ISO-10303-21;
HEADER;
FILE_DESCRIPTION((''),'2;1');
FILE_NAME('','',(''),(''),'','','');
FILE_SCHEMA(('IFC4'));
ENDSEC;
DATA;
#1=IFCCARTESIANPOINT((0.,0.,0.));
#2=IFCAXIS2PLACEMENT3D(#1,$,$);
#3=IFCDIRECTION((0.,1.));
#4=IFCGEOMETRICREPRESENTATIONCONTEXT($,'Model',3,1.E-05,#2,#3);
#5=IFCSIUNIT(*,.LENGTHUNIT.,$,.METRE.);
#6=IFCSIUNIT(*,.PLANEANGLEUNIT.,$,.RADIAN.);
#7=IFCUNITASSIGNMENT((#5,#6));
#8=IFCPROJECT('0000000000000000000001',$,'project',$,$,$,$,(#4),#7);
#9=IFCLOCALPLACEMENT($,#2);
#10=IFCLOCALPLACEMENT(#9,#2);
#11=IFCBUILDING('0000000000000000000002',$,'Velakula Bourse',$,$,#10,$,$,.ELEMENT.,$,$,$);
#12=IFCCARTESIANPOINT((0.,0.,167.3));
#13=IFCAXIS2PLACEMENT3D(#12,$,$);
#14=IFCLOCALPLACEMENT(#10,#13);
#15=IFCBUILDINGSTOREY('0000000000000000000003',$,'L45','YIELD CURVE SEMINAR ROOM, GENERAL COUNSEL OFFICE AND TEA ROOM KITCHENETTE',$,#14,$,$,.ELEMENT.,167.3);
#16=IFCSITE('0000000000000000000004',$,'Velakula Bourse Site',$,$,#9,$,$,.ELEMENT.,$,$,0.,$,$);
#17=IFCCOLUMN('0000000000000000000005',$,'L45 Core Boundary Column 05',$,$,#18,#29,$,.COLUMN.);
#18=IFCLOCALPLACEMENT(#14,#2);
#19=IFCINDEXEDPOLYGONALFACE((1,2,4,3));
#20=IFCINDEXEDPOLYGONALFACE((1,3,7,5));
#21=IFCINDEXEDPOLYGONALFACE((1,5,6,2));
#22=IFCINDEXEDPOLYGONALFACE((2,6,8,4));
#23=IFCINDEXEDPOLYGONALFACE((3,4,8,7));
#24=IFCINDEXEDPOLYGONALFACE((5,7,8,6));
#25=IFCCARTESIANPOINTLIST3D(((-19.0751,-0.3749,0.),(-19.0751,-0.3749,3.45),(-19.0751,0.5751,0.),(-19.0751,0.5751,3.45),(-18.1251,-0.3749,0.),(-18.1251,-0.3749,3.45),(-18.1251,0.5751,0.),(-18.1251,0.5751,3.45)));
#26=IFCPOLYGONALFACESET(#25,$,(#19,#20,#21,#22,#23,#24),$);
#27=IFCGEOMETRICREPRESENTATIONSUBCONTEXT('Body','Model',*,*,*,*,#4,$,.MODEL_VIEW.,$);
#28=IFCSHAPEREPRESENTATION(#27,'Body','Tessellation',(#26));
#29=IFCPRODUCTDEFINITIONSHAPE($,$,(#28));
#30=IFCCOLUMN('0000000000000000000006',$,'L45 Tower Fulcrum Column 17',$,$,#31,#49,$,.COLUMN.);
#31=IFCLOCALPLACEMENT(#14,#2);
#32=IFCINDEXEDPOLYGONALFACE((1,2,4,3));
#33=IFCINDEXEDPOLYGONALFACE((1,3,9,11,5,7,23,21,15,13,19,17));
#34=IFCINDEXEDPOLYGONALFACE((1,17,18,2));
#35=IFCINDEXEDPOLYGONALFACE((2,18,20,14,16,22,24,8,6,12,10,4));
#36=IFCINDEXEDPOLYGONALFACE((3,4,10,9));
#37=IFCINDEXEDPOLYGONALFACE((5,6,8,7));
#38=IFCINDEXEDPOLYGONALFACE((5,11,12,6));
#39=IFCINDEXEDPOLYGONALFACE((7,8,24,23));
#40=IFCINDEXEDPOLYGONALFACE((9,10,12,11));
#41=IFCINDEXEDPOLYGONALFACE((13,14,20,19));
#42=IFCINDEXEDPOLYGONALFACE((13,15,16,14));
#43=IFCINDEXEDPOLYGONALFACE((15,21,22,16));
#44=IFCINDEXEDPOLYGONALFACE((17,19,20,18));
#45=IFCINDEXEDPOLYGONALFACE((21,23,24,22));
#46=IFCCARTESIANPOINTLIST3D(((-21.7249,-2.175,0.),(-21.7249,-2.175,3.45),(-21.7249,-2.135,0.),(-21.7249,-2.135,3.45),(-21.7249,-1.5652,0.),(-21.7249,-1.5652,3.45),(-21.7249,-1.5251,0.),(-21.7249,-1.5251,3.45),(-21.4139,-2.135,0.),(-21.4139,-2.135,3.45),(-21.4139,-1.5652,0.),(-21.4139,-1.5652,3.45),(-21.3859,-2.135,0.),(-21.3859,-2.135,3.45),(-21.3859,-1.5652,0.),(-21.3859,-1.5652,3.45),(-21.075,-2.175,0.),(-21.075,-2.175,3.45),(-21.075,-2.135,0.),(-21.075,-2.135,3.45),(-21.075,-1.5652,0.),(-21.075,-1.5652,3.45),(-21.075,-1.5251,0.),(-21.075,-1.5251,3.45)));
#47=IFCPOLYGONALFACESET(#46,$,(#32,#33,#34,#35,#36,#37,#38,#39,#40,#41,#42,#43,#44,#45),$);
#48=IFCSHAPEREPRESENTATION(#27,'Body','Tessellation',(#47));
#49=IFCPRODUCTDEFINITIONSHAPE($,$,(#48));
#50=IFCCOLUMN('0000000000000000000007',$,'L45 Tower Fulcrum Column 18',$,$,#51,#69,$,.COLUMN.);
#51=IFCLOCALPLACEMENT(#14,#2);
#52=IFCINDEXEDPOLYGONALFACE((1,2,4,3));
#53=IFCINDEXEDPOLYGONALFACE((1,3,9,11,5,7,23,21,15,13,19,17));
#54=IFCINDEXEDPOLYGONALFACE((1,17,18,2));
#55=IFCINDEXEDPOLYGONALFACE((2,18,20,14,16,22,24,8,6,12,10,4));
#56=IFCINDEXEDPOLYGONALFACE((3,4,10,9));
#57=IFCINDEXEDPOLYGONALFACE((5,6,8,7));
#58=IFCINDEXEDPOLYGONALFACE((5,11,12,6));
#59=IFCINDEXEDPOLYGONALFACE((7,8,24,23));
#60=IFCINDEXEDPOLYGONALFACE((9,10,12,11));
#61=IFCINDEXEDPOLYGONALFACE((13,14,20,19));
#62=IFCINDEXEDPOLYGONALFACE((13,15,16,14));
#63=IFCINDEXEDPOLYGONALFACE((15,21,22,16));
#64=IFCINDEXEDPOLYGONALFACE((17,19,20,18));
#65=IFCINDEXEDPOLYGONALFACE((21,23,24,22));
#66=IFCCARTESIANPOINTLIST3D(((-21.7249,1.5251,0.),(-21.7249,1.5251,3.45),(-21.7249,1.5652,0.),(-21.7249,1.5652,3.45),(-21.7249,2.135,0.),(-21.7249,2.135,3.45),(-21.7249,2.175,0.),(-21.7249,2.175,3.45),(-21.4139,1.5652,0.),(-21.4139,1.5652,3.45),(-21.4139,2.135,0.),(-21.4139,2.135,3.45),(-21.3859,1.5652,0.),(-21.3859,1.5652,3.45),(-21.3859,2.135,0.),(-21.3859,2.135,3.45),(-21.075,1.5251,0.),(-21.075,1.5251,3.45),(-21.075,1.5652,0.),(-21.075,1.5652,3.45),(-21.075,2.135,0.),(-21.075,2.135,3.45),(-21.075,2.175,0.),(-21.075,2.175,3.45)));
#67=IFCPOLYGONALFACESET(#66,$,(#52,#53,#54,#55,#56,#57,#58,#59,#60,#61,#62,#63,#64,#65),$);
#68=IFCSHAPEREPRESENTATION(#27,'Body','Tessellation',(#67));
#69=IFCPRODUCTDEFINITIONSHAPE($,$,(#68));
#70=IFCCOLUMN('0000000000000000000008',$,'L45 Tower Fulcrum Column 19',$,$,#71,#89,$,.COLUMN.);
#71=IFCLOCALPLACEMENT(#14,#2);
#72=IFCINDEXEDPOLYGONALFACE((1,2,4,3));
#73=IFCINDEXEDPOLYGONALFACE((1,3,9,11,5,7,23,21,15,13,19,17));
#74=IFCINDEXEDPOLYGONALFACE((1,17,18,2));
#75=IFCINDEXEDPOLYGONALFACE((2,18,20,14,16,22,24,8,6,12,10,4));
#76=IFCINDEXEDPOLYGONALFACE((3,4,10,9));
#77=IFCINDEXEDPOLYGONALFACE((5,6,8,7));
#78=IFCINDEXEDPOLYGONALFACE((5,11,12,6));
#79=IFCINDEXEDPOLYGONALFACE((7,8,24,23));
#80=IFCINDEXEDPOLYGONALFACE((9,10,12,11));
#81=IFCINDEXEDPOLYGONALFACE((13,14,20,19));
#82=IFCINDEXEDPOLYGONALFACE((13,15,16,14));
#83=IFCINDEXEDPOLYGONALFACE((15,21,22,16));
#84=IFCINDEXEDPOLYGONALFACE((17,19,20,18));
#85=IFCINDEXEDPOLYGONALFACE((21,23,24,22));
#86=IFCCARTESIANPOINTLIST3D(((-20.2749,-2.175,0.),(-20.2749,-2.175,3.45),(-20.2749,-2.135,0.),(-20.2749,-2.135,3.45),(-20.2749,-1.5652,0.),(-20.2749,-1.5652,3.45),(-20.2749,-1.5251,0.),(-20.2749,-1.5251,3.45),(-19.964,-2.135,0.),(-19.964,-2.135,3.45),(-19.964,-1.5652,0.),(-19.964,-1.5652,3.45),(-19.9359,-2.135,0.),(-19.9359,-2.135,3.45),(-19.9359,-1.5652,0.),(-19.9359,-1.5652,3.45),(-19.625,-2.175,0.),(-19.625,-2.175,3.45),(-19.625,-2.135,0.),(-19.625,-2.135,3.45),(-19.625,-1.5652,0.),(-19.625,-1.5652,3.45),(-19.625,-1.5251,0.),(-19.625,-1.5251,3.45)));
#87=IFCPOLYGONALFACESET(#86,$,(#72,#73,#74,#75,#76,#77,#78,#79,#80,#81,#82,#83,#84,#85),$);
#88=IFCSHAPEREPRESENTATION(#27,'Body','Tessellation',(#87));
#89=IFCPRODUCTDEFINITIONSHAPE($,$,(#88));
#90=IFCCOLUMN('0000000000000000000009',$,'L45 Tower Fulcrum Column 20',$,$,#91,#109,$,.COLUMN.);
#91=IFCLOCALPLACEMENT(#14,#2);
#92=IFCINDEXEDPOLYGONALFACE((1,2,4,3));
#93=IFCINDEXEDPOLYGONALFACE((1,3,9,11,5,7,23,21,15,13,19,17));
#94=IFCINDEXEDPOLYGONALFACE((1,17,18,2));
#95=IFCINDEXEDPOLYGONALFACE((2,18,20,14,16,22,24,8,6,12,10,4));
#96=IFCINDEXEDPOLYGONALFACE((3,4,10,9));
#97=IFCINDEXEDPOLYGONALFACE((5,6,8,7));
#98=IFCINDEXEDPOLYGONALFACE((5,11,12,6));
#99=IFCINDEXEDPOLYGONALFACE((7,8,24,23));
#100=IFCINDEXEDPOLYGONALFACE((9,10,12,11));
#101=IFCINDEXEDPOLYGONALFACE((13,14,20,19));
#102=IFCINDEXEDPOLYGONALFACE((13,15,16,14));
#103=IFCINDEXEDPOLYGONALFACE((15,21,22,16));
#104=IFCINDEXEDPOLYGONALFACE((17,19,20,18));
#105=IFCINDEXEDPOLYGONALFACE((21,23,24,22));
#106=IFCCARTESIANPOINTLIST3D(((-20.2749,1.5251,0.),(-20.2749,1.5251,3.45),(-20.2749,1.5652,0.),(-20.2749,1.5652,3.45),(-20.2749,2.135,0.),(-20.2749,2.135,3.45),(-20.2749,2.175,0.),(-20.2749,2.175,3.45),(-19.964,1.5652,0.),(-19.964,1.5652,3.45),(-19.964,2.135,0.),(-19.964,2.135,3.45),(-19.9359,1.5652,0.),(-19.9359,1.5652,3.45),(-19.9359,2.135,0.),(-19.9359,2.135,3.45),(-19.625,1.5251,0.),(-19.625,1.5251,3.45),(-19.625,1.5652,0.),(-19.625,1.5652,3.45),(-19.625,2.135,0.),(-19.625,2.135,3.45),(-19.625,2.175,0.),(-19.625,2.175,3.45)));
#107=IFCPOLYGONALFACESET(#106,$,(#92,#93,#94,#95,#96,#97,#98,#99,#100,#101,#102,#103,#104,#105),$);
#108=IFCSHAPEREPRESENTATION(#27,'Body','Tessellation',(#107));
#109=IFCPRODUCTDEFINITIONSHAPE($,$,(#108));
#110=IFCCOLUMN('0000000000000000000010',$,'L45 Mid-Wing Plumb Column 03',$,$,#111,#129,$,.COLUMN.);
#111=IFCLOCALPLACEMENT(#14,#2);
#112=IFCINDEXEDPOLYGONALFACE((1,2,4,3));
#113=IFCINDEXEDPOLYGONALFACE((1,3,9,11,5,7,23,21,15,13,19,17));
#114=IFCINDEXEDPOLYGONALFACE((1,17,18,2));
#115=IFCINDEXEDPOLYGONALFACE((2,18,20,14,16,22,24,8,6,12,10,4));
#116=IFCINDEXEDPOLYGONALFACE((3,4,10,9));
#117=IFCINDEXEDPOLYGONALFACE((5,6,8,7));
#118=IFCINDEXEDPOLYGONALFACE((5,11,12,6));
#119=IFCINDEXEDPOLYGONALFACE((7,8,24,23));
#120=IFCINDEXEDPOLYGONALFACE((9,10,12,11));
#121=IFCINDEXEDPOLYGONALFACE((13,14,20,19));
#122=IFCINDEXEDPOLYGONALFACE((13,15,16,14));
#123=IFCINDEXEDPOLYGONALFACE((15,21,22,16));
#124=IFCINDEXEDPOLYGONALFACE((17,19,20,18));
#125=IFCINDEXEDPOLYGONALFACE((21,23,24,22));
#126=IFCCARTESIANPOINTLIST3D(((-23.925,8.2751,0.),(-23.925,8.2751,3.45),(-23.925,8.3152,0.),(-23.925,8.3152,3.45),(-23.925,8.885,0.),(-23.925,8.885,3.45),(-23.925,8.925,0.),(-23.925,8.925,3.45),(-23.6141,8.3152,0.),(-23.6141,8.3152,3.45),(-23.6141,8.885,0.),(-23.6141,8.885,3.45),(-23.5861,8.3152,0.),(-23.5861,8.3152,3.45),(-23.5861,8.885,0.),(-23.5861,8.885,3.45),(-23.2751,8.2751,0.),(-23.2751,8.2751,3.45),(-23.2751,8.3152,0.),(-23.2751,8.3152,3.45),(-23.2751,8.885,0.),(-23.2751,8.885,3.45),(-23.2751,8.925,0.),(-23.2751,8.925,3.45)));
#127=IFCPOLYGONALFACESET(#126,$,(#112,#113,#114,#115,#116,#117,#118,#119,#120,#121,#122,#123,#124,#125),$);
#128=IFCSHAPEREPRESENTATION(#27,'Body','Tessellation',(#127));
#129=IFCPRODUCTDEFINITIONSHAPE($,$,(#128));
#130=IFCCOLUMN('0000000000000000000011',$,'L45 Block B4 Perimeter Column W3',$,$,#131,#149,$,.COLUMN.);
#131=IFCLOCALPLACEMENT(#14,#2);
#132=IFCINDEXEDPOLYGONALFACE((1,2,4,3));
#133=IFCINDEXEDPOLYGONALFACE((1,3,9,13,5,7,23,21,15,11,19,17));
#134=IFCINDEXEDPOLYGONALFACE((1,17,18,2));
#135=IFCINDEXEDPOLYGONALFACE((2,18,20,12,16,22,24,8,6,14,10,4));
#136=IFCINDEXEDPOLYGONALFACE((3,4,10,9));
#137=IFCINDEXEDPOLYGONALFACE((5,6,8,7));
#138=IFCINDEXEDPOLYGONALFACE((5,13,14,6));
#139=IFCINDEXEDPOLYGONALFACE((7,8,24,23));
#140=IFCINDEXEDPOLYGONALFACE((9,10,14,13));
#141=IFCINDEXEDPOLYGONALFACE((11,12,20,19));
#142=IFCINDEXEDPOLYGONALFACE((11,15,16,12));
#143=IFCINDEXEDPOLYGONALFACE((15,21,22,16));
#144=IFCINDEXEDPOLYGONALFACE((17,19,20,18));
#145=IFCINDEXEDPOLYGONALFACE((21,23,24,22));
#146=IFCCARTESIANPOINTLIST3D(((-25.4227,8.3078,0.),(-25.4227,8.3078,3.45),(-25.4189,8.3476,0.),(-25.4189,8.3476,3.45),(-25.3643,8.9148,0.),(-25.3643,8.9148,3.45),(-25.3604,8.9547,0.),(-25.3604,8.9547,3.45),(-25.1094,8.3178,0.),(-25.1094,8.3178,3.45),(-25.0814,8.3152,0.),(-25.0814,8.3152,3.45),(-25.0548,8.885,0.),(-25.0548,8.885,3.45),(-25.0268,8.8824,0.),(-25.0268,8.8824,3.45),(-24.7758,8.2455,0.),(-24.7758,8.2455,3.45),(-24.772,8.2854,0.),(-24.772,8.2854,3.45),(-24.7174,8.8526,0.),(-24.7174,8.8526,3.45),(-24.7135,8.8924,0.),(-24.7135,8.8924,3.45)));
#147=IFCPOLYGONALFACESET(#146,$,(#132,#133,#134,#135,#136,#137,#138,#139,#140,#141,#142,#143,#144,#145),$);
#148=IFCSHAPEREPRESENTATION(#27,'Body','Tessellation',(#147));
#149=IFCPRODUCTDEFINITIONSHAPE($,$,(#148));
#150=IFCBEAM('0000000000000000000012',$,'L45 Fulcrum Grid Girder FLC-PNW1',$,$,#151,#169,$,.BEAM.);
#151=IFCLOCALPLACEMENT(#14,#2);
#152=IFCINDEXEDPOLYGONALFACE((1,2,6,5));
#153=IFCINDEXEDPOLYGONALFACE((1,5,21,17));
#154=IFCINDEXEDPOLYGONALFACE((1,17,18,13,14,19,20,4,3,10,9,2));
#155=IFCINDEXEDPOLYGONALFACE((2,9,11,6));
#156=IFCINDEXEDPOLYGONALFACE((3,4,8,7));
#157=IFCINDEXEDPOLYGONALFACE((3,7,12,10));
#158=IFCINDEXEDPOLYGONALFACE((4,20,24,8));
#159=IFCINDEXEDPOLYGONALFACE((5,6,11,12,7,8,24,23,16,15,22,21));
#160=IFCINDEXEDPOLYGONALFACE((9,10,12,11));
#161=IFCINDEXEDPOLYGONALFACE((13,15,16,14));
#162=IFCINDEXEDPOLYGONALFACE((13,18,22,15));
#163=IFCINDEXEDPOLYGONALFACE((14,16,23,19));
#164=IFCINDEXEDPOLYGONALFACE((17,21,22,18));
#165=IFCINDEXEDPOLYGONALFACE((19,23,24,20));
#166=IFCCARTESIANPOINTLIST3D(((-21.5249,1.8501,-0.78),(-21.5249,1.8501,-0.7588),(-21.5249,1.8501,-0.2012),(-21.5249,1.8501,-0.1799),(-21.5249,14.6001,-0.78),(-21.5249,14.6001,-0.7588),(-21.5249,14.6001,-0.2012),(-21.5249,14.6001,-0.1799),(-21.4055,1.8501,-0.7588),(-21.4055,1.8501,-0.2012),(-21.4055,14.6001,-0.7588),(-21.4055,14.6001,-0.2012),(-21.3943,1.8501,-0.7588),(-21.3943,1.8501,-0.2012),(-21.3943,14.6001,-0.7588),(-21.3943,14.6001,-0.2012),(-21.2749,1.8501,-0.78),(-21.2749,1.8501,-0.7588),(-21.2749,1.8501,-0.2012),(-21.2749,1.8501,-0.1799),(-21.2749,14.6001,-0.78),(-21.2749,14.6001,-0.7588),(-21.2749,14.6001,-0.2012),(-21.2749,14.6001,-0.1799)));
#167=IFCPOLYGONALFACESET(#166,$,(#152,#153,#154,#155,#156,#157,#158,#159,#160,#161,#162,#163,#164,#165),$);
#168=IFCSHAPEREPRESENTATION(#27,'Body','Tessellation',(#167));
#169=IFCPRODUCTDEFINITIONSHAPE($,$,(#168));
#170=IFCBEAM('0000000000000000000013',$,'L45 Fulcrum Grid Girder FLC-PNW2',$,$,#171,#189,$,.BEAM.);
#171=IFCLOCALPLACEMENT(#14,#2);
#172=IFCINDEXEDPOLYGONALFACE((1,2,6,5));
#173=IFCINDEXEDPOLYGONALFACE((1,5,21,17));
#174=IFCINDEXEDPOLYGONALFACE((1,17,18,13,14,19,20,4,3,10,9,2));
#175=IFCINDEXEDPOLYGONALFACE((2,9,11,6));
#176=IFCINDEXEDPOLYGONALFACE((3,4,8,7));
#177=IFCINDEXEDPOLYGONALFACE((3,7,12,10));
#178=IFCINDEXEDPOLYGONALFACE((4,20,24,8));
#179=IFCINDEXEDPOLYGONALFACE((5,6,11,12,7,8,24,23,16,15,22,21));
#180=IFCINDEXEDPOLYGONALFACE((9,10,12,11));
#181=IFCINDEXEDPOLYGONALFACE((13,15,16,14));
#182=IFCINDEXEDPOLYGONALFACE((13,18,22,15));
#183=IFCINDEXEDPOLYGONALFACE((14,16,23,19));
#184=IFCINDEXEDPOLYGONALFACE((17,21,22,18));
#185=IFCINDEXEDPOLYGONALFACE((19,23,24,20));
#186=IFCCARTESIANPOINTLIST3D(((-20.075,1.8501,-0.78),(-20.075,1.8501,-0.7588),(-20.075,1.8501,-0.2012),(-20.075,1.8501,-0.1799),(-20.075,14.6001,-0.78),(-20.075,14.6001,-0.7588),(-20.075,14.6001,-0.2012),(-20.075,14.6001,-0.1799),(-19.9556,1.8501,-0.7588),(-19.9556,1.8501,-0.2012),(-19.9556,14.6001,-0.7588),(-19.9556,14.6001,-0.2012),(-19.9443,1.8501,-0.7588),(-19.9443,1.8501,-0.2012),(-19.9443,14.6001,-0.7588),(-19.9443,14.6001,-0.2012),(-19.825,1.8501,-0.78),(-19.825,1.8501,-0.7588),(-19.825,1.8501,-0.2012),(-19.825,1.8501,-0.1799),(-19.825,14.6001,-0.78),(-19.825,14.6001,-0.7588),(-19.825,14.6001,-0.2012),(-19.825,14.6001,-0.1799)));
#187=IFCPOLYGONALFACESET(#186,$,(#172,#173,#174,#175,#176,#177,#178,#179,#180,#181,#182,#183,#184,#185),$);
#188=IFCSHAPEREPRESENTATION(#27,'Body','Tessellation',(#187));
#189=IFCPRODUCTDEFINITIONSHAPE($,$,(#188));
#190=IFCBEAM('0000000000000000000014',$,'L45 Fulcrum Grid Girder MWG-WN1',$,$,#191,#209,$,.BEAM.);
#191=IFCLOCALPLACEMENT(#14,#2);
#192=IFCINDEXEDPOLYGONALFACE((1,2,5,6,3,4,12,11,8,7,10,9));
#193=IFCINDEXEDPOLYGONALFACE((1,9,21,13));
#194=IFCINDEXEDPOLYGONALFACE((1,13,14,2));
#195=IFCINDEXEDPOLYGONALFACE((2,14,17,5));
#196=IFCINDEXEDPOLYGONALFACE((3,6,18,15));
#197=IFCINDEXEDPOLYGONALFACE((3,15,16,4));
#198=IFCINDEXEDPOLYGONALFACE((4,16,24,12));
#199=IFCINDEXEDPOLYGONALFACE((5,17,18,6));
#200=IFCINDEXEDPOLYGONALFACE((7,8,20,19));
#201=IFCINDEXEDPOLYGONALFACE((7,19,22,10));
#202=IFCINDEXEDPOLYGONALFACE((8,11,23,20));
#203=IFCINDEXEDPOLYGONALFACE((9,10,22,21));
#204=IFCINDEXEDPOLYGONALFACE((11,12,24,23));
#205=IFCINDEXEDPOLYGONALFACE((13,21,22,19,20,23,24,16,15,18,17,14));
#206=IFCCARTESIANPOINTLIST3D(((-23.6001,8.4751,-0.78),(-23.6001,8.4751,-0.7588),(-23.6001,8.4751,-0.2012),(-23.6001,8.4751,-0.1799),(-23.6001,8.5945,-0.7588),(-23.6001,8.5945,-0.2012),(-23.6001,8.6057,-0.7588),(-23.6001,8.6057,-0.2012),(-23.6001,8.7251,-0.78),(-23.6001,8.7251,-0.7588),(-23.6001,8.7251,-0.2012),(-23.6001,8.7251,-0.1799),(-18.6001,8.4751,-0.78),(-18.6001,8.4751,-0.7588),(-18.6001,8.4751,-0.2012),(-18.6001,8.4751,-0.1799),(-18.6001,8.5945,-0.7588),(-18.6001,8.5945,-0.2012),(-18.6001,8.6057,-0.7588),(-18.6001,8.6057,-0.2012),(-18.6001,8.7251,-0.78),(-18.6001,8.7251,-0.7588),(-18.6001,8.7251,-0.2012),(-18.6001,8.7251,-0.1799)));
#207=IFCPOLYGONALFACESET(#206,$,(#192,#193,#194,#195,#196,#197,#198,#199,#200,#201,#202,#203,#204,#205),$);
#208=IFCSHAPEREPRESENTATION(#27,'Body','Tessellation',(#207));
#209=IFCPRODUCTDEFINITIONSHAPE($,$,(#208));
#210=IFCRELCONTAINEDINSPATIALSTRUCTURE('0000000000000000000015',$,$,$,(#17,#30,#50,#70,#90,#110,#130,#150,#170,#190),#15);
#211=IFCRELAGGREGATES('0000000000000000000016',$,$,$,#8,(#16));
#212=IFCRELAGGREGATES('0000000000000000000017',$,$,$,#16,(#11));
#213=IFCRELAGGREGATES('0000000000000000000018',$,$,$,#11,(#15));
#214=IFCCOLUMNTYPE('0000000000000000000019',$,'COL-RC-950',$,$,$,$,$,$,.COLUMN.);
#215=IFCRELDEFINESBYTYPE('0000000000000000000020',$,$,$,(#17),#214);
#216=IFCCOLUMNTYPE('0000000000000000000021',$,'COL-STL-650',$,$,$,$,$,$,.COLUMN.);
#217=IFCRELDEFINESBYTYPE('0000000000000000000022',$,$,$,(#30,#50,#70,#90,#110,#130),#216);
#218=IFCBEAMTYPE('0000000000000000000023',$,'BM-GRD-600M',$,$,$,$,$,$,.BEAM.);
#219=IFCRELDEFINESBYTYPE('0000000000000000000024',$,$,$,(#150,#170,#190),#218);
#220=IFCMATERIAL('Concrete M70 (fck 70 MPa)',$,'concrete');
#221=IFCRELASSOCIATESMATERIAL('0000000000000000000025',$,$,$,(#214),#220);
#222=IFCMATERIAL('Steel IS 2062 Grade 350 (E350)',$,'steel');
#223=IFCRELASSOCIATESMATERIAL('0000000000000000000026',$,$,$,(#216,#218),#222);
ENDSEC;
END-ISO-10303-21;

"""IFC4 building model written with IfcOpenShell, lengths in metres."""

from ifc_helpers import new_model, si_unit, direction, frame, origin, origin_2d, place, context, subcontext, project, spatial, rectangle, i_section, extrude, material, material_profile, profile_set, type_object, element, save


model = new_model("IFC4")

# Units and contexts
model_context = context("Model", 3, precision=1e-05, world=origin(), true_north=direction((0.0, 1.0)))
body_context = subcontext(model_context, "Body", "Model", "MODEL_VIEW")
ifc_project = project(units=[si_unit("LENGTHUNIT", "METRE"), si_unit("PLANEANGLEUNIT", "RADIAN")], contexts=[model_context])

# Site, building, storey
site_placement = place(None, origin())
site = spatial("IfcSite", under=ifc_project, at=site_placement, Name="Velakula Bourse Site", CompositionType="ELEMENT", RefElevation=0.0)
building_placement = place(site_placement, origin())
building = spatial("IfcBuilding", under=site, at=building_placement, Name="Velakula Bourse", CompositionType="ELEMENT")
storey_placement = place(building_placement, frame((0.0, 0.0, 167.3)))
storey = spatial("IfcBuildingStorey", under=building, at=storey_placement, Name="L45", Description="YIELD CURVE SEMINAR ROOM, GENERAL COUNSEL OFFICE AND TEA ROOM KITCHENETTE", CompositionType="ELEMENT", Elevation=167.3)

# Columns
ifc_material_1 = material(Name="Concrete M70 (fck 70 MPa)", Category="concrete")
ifc_material_profile_1 = material_profile(ifc_material_1, rectangle(XDim=0.95, YDim=0.95, at=origin_2d()), Name="Concrete M70 (fck 70 MPa)")
ifc_profile_set_1 = profile_set([ifc_material_profile_1], Name="Concrete M70 (fck 70 MPa)")
column_type_1 = type_object("IfcColumnType", Name="COL-RC-950", PredefinedType="COLUMN", material=ifc_profile_set_1)
column_placement = place(storey_placement, frame((-18.6001, 0.1001, 0.0), z_axis=(0.0, 0.0, 1.0), x_axis=(1.0, 0.0, 0.0)))
element("IfcColumn", 1, at=column_placement, inside=storey, type_object=column_type_1, Name="L45 Core Boundary Column 05", PredefinedType="COLUMN", context=body_context, shape_type="SweptSolid", body=[
    extrude(rectangle(XDim=0.95, YDim=0.95, at=origin_2d()), origin(), (0.0, 0.0, 1.0), 3.45),
])
ifc_material_2 = material(Name="Steel IS 2062 Grade 350 (E350)", Category="steel")
ifc_material_profile_2 = material_profile(ifc_material_2, i_section(OverallWidth=0.6499, OverallDepth=0.6499, WebThickness=0.0281, FlangeThickness=0.04, at=origin_2d()), Name="Steel IS 2062 Grade 350 (E350)")
ifc_profile_set_2 = profile_set([ifc_material_profile_2], Name="Steel IS 2062 Grade 350 (E350)")
column_type_2 = type_object("IfcColumnType", Name="COL-STL-650", PredefinedType="COLUMN", material=ifc_profile_set_2)
for number, where, z_axis, x_axis, name in (
    (2, (-21.3999, -1.8501, 0.0), (0.0, 0.0, 1.0), (1.0, 0.0, 0.0), "L45 Tower Fulcrum Column 17"),
    (3, (-21.3999, 1.8501, 0.0), (0.0, 0.0, 1.0), (1.0, 0.0, 0.0), "L45 Tower Fulcrum Column 18"),
    (4, (-19.95, -1.8501, 0.0), (0.0, 0.0, 1.0), (1.0, 0.0, 0.0), "L45 Tower Fulcrum Column 19"),
    (5, (-19.95, 1.8501, 0.0), (0.0, 0.0, 1.0), (1.0, 0.0, 0.0), "L45 Tower Fulcrum Column 20"),
    (6, (-23.6001, 8.6001, 0.0), (0.0, 0.0, 1.0), (1.0, 0.0, 0.0), "L45 Mid-Wing Plumb Column 03"),
    (7, (-25.0681, 8.6001, 0.0), (0.0, 0.0, 1.0), (0.995396, -0.095846, 0.0), "L45 Block B4 Perimeter Column W3"),
):
    element("IfcColumn", number, at=place(storey_placement, frame(where, z_axis=z_axis, x_axis=x_axis)), inside=storey, type_object=column_type_2, Name=name, PredefinedType="COLUMN", context=body_context, shape_type="SweptSolid", body=[
        extrude(i_section(OverallWidth=0.6499, OverallDepth=0.6499, WebThickness=0.0281, FlangeThickness=0.04, at=origin_2d()), origin(), (0.0, 0.0, 1.0), 3.45),
    ])

# Beams
ifc_material_profile_3 = material_profile(ifc_material_2, i_section(OverallWidth=0.25, OverallDepth=0.6001, WebThickness=0.0112, FlangeThickness=0.0212, at=origin_2d()), Name="Steel IS 2062 Grade 350 (E350)")
ifc_profile_set_3 = profile_set([ifc_material_profile_3], Name="Steel IS 2062 Grade 350 (E350)")
beam_type_1 = type_object("IfcBeamType", Name="BM-GRD-600M", PredefinedType="BEAM", material=ifc_profile_set_3)
for number, where, z_axis, x_axis, name in (
    (8, (-21.3999, 1.8501, -0.48), (0.0, 1.0, 0.0), (-1.0, 0.0, 0.0), "L45 Fulcrum Grid Girder FLC-PNW1"),
    (9, (-19.95, 1.8501, -0.48), (0.0, 1.0, 0.0), (-1.0, 0.0, 0.0), "L45 Fulcrum Grid Girder FLC-PNW2"),
):
    element("IfcBeam", number, at=place(storey_placement, frame(where, z_axis=z_axis, x_axis=x_axis)), inside=storey, type_object=beam_type_1, Name=name, PredefinedType="BEAM", context=body_context, shape_type="SweptSolid", body=[
        extrude(i_section(OverallWidth=0.25, OverallDepth=0.6001, WebThickness=0.0112, FlangeThickness=0.0212, at=origin_2d()), origin(), (0.0, 0.0, 1.0), 12.75),
    ])
beam_1_placement = place(storey_placement, frame((-23.6001, 8.6001, -0.48), z_axis=(1.0, 0.0, 0.0), x_axis=(0.0, 1.0, 0.0)))
element("IfcBeam", 10, at=beam_1_placement, inside=storey, type_object=beam_type_1, Name="L45 Fulcrum Grid Girder MWG-WN1", PredefinedType="BEAM", context=body_context, shape_type="SweptSolid", body=[
    extrude(i_section(OverallWidth=0.25, OverallDepth=0.6001, WebThickness=0.0112, FlangeThickness=0.0212, at=origin_2d()), origin(), (0.0, 0.0, 1.0), 5.0),
])

save(model, "model.ifc")
